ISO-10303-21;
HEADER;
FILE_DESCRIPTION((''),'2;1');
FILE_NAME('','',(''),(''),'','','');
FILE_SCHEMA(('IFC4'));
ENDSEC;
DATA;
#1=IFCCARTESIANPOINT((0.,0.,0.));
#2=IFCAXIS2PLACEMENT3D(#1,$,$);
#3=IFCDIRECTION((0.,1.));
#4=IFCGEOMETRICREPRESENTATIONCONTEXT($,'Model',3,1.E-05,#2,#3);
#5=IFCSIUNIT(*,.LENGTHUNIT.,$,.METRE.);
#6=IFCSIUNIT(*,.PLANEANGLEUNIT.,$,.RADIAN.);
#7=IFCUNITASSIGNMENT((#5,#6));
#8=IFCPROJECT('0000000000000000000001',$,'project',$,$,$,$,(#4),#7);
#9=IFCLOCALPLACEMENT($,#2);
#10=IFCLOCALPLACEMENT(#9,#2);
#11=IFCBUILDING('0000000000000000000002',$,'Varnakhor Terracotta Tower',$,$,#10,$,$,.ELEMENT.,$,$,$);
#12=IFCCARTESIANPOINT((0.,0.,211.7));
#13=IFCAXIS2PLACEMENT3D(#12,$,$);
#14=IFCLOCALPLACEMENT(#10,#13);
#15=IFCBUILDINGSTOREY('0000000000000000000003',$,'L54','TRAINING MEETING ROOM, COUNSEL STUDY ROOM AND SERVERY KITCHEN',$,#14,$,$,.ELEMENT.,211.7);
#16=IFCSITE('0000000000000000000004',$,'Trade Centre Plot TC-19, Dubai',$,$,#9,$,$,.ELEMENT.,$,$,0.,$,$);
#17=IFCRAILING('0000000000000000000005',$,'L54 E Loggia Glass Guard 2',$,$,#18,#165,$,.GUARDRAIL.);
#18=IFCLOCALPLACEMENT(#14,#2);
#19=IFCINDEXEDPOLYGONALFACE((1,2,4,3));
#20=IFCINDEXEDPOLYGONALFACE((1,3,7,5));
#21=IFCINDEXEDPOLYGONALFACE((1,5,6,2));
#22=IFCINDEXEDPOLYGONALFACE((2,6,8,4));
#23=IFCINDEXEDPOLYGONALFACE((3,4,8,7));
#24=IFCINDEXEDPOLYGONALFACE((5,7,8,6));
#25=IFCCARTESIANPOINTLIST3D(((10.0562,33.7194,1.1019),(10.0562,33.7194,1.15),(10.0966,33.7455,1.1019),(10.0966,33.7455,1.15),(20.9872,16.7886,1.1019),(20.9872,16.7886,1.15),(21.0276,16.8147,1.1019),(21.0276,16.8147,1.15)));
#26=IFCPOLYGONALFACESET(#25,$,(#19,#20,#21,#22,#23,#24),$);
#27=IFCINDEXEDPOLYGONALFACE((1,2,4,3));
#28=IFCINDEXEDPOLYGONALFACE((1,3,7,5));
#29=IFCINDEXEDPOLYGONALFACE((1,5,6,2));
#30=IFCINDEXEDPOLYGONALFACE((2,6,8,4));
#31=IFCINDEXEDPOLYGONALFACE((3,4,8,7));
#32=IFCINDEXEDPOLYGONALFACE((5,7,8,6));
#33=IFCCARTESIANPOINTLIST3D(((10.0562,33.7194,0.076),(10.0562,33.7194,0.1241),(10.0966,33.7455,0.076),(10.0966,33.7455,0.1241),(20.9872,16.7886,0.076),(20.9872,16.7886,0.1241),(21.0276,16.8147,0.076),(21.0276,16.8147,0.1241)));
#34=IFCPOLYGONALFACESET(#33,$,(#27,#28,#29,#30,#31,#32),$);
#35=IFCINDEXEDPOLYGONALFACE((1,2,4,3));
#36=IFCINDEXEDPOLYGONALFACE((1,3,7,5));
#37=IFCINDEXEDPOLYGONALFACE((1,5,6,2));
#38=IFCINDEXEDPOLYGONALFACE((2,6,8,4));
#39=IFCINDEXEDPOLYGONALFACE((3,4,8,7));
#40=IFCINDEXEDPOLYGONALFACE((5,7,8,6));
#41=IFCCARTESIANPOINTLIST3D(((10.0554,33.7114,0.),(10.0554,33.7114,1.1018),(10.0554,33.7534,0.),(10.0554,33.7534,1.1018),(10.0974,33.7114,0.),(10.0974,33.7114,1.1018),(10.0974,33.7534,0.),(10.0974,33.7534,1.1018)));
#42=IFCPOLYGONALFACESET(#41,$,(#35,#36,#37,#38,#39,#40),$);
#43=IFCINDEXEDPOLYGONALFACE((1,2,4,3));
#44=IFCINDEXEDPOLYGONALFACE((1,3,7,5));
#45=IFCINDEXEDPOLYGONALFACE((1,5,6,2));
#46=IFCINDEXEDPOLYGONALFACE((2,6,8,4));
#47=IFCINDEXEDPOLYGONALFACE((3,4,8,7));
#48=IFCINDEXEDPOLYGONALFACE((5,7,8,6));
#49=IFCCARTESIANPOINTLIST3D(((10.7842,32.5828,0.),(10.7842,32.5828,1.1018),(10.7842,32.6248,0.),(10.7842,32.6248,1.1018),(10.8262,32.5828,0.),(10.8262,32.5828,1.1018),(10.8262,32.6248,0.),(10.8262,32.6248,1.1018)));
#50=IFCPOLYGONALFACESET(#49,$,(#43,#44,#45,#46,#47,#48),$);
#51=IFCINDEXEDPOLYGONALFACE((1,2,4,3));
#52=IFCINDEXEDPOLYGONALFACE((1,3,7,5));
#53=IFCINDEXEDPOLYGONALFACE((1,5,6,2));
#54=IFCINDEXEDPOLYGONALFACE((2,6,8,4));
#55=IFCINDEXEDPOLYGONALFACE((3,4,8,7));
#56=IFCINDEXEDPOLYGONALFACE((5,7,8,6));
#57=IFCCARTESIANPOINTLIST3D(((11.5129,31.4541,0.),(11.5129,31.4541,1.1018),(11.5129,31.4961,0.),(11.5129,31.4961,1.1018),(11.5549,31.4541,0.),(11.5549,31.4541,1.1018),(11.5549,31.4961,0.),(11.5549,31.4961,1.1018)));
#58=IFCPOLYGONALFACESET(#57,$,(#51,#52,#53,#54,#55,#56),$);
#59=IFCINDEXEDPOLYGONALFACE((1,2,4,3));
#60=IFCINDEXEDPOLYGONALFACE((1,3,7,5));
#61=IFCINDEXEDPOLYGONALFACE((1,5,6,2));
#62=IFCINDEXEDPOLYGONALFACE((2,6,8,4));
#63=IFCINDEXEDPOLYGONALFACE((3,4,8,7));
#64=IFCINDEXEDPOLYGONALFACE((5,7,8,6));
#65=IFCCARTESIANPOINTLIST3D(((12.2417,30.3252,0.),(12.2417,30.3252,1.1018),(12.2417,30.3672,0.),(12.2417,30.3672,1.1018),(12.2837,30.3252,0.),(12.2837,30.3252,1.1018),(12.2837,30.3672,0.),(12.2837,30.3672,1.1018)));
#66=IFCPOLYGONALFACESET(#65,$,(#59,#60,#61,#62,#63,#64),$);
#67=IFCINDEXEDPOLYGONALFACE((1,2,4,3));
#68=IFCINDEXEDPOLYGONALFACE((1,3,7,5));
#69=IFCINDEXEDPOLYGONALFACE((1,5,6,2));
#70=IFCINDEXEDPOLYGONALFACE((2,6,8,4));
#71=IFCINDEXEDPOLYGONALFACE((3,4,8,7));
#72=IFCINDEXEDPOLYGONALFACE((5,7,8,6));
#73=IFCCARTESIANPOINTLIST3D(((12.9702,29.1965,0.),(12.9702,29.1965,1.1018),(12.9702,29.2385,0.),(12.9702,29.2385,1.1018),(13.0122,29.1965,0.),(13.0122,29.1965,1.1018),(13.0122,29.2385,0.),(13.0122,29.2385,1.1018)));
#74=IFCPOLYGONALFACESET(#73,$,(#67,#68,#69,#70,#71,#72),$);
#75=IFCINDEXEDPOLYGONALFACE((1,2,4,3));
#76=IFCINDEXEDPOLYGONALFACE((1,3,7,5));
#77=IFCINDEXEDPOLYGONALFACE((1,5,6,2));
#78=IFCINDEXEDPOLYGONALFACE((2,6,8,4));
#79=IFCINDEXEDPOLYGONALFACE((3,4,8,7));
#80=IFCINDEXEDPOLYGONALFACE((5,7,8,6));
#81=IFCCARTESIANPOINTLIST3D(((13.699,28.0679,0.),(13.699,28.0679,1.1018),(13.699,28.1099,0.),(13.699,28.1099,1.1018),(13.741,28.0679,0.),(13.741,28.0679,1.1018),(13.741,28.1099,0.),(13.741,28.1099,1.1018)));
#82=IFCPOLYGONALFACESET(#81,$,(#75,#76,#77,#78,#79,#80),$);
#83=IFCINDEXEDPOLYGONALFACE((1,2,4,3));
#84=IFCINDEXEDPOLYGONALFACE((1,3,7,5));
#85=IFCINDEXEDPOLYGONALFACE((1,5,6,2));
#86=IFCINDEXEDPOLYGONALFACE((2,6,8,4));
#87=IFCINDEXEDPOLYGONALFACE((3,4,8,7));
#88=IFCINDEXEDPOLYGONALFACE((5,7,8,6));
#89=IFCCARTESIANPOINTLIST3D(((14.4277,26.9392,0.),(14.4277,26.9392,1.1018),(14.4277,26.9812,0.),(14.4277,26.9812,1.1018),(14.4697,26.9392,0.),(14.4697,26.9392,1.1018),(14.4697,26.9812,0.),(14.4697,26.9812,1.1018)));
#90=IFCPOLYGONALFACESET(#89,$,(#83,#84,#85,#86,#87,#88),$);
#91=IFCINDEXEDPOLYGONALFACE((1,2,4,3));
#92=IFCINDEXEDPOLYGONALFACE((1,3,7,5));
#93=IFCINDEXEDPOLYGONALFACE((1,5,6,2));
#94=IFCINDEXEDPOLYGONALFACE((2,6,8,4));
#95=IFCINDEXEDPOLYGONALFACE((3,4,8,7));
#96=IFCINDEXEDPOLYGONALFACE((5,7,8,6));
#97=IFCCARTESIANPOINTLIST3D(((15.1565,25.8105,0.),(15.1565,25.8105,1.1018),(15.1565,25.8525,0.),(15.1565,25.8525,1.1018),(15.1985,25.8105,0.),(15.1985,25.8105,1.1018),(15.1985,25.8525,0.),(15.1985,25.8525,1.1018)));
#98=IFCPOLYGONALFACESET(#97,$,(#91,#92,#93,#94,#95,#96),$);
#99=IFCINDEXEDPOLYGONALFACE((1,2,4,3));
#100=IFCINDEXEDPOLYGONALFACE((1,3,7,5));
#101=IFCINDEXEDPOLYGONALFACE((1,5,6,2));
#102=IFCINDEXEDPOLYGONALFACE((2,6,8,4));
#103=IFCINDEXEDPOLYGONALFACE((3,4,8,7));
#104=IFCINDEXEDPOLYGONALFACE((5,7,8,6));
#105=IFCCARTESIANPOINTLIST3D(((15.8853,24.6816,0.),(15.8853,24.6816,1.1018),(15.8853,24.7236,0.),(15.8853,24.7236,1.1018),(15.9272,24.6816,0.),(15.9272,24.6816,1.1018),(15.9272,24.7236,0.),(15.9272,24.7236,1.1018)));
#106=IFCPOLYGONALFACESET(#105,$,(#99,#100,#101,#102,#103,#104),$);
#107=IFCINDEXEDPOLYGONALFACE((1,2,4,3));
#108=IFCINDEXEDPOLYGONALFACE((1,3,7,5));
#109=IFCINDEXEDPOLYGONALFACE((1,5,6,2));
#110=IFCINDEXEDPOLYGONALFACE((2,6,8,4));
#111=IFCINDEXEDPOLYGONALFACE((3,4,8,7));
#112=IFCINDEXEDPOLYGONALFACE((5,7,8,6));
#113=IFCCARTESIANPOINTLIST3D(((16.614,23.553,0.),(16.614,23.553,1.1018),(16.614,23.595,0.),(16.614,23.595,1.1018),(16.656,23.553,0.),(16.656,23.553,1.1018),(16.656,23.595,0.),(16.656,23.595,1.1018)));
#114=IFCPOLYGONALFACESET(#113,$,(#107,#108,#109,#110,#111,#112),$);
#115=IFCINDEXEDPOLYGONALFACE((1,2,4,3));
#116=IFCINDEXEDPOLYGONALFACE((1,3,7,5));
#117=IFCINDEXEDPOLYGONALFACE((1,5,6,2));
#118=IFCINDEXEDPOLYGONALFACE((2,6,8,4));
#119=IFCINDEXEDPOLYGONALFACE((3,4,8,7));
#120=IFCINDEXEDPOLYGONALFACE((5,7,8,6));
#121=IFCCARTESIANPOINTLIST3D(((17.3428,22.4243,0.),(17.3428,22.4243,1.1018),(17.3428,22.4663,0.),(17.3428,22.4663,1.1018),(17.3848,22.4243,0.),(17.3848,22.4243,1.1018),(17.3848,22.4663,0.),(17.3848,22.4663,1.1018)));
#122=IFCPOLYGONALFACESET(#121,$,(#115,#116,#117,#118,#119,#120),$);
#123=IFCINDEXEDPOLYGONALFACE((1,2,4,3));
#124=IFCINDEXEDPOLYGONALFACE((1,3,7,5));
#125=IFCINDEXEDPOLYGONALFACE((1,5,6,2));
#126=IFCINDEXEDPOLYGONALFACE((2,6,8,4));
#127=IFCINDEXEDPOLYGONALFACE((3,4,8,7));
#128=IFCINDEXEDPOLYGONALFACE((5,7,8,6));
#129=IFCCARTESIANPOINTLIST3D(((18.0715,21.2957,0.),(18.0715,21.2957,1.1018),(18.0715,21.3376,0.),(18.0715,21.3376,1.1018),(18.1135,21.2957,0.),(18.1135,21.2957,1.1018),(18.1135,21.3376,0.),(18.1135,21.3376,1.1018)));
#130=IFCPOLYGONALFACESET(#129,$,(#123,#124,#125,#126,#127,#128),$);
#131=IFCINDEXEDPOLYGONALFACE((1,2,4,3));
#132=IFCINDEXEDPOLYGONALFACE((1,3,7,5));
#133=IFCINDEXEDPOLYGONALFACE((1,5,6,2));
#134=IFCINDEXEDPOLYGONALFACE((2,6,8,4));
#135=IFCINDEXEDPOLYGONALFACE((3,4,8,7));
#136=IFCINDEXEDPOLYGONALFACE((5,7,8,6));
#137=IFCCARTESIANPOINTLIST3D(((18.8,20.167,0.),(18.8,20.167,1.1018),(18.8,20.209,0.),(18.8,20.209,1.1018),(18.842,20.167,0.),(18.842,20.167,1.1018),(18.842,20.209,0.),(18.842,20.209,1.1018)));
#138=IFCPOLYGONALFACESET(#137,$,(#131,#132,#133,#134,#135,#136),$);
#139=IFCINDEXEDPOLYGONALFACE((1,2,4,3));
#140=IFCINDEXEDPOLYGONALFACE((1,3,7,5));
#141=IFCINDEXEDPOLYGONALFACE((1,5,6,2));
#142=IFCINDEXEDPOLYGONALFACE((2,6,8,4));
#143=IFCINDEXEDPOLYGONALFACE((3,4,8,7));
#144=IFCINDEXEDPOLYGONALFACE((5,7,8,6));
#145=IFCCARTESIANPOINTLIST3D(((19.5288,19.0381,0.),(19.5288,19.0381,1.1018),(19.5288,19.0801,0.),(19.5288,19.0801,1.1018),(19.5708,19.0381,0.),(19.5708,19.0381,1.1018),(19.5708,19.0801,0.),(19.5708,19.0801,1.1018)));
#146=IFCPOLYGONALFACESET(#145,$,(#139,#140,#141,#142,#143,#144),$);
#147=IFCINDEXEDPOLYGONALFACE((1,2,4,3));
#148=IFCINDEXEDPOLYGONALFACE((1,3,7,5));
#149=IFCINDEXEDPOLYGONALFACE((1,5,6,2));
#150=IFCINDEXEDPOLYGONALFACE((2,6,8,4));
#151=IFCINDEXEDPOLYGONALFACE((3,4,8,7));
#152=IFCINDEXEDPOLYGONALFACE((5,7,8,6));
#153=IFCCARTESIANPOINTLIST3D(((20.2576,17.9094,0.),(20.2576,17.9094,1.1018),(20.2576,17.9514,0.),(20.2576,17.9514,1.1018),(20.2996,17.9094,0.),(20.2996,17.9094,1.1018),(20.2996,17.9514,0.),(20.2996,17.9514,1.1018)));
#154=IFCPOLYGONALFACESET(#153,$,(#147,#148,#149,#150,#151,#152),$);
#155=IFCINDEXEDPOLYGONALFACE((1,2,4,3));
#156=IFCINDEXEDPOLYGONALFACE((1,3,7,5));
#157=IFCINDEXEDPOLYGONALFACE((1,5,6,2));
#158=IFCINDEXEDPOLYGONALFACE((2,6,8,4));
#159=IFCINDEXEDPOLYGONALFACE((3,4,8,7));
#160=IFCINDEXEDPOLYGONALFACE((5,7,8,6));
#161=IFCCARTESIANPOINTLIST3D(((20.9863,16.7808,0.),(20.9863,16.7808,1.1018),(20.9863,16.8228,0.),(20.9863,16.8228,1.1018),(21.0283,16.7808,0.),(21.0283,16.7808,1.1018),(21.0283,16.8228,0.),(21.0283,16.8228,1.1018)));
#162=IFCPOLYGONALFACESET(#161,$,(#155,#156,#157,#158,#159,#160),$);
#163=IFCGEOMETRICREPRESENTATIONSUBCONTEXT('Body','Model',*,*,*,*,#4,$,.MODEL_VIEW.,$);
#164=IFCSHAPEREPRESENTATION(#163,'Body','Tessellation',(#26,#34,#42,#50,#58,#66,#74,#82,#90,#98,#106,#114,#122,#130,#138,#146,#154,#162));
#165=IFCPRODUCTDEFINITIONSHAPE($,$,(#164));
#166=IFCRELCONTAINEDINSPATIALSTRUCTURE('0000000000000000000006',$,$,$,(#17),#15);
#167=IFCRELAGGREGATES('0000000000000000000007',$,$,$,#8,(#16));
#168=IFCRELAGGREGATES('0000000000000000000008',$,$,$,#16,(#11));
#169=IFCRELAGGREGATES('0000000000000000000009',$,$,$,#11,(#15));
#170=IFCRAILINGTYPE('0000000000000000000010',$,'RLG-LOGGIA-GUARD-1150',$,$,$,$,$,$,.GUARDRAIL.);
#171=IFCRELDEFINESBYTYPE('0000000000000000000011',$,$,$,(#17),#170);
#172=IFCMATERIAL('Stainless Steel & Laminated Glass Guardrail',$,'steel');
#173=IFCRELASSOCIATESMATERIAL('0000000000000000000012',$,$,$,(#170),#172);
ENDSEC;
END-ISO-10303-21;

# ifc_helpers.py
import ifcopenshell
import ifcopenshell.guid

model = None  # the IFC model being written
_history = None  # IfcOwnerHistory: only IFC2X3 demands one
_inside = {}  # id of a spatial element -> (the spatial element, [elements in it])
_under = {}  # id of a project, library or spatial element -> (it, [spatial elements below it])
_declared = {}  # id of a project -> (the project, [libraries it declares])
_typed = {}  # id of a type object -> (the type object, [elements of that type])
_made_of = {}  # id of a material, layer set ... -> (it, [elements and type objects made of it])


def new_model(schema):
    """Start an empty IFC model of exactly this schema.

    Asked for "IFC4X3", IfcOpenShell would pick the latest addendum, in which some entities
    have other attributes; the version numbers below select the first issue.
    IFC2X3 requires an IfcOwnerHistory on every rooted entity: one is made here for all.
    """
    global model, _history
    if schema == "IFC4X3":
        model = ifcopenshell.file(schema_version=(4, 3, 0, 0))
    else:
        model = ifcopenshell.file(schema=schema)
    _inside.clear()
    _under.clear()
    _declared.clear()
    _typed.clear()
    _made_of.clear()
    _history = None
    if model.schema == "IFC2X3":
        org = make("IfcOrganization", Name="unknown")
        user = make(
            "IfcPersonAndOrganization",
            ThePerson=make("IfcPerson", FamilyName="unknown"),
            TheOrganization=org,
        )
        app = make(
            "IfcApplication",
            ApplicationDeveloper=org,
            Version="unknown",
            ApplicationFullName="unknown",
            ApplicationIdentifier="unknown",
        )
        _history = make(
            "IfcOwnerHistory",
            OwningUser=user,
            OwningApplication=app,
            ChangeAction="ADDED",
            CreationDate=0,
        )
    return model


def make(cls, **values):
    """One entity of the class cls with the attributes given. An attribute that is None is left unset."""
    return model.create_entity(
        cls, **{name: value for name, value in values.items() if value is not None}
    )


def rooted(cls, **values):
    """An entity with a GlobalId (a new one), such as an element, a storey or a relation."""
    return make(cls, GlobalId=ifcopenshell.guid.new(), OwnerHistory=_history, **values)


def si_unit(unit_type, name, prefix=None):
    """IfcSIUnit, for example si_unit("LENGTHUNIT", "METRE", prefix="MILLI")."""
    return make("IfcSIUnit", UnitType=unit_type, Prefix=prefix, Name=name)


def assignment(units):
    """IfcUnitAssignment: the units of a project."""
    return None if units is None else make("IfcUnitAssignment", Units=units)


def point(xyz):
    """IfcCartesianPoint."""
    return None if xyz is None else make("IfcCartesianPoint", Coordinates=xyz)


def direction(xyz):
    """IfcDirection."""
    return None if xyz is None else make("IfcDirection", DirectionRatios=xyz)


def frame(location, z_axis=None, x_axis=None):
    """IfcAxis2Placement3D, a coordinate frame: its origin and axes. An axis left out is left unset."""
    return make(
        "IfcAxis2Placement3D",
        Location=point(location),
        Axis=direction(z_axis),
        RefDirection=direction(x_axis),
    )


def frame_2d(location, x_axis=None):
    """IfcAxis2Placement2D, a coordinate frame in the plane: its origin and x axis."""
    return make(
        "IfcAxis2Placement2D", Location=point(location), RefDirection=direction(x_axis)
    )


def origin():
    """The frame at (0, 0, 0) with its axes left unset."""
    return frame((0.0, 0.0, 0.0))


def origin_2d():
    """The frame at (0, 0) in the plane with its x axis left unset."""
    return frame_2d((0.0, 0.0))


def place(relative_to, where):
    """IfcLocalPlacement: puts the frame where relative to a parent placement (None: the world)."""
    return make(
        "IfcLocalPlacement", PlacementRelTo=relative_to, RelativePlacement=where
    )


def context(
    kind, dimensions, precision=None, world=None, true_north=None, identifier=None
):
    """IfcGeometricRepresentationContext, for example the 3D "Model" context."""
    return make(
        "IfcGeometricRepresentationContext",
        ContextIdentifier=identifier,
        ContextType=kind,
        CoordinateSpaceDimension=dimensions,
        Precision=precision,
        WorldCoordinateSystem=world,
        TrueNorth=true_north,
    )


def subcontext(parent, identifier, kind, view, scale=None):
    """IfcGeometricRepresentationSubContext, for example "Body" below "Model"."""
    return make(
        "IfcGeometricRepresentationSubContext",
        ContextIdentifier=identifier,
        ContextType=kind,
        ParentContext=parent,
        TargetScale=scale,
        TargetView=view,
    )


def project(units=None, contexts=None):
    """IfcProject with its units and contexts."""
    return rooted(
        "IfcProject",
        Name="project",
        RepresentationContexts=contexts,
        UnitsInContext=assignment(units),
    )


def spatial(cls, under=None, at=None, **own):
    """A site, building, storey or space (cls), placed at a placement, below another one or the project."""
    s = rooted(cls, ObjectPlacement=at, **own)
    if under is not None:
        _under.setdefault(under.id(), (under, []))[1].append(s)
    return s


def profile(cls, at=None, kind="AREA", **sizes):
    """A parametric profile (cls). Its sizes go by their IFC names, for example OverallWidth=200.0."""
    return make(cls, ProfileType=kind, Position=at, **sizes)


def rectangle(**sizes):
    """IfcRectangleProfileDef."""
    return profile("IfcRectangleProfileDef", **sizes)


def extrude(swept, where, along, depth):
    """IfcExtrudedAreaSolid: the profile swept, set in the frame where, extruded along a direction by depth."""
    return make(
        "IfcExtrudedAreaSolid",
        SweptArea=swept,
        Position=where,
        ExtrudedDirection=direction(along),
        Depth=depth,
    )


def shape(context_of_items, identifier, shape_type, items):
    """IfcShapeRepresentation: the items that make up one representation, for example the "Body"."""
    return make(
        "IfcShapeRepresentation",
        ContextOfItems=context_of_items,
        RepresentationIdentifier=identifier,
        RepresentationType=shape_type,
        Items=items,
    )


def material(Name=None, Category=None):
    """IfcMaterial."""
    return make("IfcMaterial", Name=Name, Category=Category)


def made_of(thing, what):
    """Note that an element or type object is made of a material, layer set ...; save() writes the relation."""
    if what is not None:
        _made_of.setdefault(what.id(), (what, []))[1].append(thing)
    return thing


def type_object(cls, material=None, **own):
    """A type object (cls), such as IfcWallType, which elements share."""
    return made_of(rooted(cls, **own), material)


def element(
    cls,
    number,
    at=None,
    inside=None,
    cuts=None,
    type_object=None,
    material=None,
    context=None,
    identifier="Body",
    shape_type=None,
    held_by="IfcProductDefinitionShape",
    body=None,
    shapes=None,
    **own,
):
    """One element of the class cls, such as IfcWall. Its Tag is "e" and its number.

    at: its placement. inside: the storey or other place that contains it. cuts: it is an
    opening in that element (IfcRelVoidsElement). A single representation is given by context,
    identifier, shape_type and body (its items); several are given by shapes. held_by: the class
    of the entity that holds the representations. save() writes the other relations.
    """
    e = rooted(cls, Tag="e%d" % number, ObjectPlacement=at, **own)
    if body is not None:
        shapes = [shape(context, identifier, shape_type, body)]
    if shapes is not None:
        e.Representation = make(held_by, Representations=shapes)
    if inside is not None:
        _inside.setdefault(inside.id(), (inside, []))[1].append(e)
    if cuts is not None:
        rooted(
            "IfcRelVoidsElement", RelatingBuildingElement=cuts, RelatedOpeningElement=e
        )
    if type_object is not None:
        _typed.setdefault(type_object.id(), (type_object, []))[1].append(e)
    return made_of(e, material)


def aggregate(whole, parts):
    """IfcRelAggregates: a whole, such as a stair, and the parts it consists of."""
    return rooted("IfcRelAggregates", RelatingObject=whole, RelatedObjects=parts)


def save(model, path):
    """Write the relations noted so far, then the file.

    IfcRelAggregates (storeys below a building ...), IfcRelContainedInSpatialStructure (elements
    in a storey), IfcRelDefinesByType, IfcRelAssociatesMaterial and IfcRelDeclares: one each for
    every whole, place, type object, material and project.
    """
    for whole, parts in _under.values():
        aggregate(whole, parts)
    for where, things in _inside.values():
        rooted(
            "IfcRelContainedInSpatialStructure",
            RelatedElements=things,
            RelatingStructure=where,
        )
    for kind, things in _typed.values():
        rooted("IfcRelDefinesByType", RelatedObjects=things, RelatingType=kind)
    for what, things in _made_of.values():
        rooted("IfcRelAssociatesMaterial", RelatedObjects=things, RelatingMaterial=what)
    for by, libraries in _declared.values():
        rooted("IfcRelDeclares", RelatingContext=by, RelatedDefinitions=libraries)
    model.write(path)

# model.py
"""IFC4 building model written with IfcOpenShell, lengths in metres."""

from ifc_helpers import new_model, si_unit, direction, frame, origin, origin_2d, place, context, subcontext, project, spatial, rectangle, extrude, material, type_object, element, save


model = new_model("IFC4")

# Units and contexts
model_context = context("Model", 3, precision=1e-05, world=origin(), true_north=direction((0.0, 1.0)))
body_context = subcontext(model_context, "Body", "Model", "MODEL_VIEW")
ifc_project = project(units=[si_unit("LENGTHUNIT", "METRE"), si_unit("PLANEANGLEUNIT", "RADIAN")], contexts=[model_context])

# Site, building, storey
site_placement = place(None, origin())
site = spatial("IfcSite", under=ifc_project, at=site_placement, Name="Trade Centre Plot TC-19, Dubai", CompositionType="ELEMENT", RefElevation=0.0)
building_placement = place(site_placement, origin())
building = spatial("IfcBuilding", under=site, at=building_placement, Name="Varnakhor Terracotta Tower", CompositionType="ELEMENT")
storey_placement = place(building_placement, frame((0.0, 0.0, 211.7)))
storey = spatial("IfcBuildingStorey", under=building, at=storey_placement, Name="L54", Description="TRAINING MEETING ROOM, COUNSEL STUDY ROOM AND SERVERY KITCHEN", CompositionType="ELEMENT", Elevation=211.7)

# Railing
ifc_material_1 = material(Name="Stainless Steel & Laminated Glass Guardrail", Category="steel")
railing_type = type_object("IfcRailingType", Name="RLG-LOGGIA-GUARD-1150", PredefinedType="GUARDRAIL", material=ifc_material_1)
railing_1_placement = place(storey_placement, frame((10.0764, 33.7324, 0.0)))
element("IfcRailing", 1, at=railing_1_placement, inside=storey, type_object=railing_type, Name="L54 E Loggia Glass Guard 2", PredefinedType="GUARDRAIL", context=body_context, shape_type="SweptSolid", body=[
    extrude(rectangle(XDim=0.0481, YDim=0.0481, at=origin_2d()), frame((0.0, 0.0, 1.126), z_axis=(0.542404, -0.840118, 0.0), x_axis=(0.840118, 0.542404, 0.0)), (0.0, 0.0, 1.0), 20.1528),
    extrude(rectangle(XDim=0.0481, YDim=0.0481, at=origin_2d()), frame((0.0, 0.0, 0.1001), z_axis=(0.542404, -0.840118, 0.0), x_axis=(0.840118, 0.542404, 0.0)), (0.0, 0.0, 1.0), 20.1528),
    extrude(rectangle(XDim=0.042, YDim=0.042, at=origin_2d()), origin(), (0.0, 0.0, 1.0), 1.1018),
    extrude(rectangle(XDim=0.042, YDim=0.042, at=origin_2d()), frame((0.7288, -1.1287, 0.0)), (0.0, 0.0, 1.0), 1.1018),
    extrude(rectangle(XDim=0.042, YDim=0.042, at=origin_2d()), frame((1.4575, -2.2573, 0.0)), (0.0, 0.0, 1.0), 1.1018),
    extrude(rectangle(XDim=0.042, YDim=0.042, at=origin_2d()), frame((2.1863, -3.3862, 0.0)), (0.0, 0.0, 1.0), 1.1018),
    extrude(rectangle(XDim=0.042, YDim=0.042, at=origin_2d()), frame((2.9148, -4.5149, 0.0)), (0.0, 0.0, 1.0), 1.1018),
    extrude(rectangle(XDim=0.042, YDim=0.042, at=origin_2d()), frame((3.6436, -5.6436, 0.0)), (0.0, 0.0, 1.0), 1.1018),
    extrude(rectangle(XDim=0.042, YDim=0.042, at=origin_2d()), frame((4.3723, -6.7722, 0.0)), (0.0, 0.0, 1.0), 1.1018),
    extrude(rectangle(XDim=0.042, YDim=0.042, at=origin_2d()), frame((5.1011, -7.9009, 0.0)), (0.0, 0.0, 1.0), 1.1018),
    extrude(rectangle(XDim=0.042, YDim=0.042, at=origin_2d()), frame((5.8298, -9.0298, 0.0)), (0.0, 0.0, 1.0), 1.1018),
    extrude(rectangle(XDim=0.042, YDim=0.042, at=origin_2d()), frame((6.5586, -10.1584, 0.0)), (0.0, 0.0, 1.0), 1.1018),
    extrude(rectangle(XDim=0.042, YDim=0.042, at=origin_2d()), frame((7.2874, -11.2871, 0.0)), (0.0, 0.0, 1.0), 1.1018),
    extrude(rectangle(XDim=0.042, YDim=0.042, at=origin_2d()), frame((8.0161, -12.4158, 0.0)), (0.0, 0.0, 1.0), 1.1018),
    extrude(rectangle(XDim=0.042, YDim=0.042, at=origin_2d()), frame((8.7446, -13.5444, 0.0)), (0.0, 0.0, 1.0), 1.1018),
    extrude(rectangle(XDim=0.042, YDim=0.042, at=origin_2d()), frame((9.4734, -14.6733, 0.0)), (0.0, 0.0, 1.0), 1.1018),
    extrude(rectangle(XDim=0.042, YDim=0.042, at=origin_2d()), frame((10.2021, -15.802, 0.0)), (0.0, 0.0, 1.0), 1.1018),
    extrude(rectangle(XDim=0.042, YDim=0.042, at=origin_2d()), frame((10.9309, -16.9307, 0.0)), (0.0, 0.0, 1.0), 1.1018),
])

save(model, "model.ifc")
